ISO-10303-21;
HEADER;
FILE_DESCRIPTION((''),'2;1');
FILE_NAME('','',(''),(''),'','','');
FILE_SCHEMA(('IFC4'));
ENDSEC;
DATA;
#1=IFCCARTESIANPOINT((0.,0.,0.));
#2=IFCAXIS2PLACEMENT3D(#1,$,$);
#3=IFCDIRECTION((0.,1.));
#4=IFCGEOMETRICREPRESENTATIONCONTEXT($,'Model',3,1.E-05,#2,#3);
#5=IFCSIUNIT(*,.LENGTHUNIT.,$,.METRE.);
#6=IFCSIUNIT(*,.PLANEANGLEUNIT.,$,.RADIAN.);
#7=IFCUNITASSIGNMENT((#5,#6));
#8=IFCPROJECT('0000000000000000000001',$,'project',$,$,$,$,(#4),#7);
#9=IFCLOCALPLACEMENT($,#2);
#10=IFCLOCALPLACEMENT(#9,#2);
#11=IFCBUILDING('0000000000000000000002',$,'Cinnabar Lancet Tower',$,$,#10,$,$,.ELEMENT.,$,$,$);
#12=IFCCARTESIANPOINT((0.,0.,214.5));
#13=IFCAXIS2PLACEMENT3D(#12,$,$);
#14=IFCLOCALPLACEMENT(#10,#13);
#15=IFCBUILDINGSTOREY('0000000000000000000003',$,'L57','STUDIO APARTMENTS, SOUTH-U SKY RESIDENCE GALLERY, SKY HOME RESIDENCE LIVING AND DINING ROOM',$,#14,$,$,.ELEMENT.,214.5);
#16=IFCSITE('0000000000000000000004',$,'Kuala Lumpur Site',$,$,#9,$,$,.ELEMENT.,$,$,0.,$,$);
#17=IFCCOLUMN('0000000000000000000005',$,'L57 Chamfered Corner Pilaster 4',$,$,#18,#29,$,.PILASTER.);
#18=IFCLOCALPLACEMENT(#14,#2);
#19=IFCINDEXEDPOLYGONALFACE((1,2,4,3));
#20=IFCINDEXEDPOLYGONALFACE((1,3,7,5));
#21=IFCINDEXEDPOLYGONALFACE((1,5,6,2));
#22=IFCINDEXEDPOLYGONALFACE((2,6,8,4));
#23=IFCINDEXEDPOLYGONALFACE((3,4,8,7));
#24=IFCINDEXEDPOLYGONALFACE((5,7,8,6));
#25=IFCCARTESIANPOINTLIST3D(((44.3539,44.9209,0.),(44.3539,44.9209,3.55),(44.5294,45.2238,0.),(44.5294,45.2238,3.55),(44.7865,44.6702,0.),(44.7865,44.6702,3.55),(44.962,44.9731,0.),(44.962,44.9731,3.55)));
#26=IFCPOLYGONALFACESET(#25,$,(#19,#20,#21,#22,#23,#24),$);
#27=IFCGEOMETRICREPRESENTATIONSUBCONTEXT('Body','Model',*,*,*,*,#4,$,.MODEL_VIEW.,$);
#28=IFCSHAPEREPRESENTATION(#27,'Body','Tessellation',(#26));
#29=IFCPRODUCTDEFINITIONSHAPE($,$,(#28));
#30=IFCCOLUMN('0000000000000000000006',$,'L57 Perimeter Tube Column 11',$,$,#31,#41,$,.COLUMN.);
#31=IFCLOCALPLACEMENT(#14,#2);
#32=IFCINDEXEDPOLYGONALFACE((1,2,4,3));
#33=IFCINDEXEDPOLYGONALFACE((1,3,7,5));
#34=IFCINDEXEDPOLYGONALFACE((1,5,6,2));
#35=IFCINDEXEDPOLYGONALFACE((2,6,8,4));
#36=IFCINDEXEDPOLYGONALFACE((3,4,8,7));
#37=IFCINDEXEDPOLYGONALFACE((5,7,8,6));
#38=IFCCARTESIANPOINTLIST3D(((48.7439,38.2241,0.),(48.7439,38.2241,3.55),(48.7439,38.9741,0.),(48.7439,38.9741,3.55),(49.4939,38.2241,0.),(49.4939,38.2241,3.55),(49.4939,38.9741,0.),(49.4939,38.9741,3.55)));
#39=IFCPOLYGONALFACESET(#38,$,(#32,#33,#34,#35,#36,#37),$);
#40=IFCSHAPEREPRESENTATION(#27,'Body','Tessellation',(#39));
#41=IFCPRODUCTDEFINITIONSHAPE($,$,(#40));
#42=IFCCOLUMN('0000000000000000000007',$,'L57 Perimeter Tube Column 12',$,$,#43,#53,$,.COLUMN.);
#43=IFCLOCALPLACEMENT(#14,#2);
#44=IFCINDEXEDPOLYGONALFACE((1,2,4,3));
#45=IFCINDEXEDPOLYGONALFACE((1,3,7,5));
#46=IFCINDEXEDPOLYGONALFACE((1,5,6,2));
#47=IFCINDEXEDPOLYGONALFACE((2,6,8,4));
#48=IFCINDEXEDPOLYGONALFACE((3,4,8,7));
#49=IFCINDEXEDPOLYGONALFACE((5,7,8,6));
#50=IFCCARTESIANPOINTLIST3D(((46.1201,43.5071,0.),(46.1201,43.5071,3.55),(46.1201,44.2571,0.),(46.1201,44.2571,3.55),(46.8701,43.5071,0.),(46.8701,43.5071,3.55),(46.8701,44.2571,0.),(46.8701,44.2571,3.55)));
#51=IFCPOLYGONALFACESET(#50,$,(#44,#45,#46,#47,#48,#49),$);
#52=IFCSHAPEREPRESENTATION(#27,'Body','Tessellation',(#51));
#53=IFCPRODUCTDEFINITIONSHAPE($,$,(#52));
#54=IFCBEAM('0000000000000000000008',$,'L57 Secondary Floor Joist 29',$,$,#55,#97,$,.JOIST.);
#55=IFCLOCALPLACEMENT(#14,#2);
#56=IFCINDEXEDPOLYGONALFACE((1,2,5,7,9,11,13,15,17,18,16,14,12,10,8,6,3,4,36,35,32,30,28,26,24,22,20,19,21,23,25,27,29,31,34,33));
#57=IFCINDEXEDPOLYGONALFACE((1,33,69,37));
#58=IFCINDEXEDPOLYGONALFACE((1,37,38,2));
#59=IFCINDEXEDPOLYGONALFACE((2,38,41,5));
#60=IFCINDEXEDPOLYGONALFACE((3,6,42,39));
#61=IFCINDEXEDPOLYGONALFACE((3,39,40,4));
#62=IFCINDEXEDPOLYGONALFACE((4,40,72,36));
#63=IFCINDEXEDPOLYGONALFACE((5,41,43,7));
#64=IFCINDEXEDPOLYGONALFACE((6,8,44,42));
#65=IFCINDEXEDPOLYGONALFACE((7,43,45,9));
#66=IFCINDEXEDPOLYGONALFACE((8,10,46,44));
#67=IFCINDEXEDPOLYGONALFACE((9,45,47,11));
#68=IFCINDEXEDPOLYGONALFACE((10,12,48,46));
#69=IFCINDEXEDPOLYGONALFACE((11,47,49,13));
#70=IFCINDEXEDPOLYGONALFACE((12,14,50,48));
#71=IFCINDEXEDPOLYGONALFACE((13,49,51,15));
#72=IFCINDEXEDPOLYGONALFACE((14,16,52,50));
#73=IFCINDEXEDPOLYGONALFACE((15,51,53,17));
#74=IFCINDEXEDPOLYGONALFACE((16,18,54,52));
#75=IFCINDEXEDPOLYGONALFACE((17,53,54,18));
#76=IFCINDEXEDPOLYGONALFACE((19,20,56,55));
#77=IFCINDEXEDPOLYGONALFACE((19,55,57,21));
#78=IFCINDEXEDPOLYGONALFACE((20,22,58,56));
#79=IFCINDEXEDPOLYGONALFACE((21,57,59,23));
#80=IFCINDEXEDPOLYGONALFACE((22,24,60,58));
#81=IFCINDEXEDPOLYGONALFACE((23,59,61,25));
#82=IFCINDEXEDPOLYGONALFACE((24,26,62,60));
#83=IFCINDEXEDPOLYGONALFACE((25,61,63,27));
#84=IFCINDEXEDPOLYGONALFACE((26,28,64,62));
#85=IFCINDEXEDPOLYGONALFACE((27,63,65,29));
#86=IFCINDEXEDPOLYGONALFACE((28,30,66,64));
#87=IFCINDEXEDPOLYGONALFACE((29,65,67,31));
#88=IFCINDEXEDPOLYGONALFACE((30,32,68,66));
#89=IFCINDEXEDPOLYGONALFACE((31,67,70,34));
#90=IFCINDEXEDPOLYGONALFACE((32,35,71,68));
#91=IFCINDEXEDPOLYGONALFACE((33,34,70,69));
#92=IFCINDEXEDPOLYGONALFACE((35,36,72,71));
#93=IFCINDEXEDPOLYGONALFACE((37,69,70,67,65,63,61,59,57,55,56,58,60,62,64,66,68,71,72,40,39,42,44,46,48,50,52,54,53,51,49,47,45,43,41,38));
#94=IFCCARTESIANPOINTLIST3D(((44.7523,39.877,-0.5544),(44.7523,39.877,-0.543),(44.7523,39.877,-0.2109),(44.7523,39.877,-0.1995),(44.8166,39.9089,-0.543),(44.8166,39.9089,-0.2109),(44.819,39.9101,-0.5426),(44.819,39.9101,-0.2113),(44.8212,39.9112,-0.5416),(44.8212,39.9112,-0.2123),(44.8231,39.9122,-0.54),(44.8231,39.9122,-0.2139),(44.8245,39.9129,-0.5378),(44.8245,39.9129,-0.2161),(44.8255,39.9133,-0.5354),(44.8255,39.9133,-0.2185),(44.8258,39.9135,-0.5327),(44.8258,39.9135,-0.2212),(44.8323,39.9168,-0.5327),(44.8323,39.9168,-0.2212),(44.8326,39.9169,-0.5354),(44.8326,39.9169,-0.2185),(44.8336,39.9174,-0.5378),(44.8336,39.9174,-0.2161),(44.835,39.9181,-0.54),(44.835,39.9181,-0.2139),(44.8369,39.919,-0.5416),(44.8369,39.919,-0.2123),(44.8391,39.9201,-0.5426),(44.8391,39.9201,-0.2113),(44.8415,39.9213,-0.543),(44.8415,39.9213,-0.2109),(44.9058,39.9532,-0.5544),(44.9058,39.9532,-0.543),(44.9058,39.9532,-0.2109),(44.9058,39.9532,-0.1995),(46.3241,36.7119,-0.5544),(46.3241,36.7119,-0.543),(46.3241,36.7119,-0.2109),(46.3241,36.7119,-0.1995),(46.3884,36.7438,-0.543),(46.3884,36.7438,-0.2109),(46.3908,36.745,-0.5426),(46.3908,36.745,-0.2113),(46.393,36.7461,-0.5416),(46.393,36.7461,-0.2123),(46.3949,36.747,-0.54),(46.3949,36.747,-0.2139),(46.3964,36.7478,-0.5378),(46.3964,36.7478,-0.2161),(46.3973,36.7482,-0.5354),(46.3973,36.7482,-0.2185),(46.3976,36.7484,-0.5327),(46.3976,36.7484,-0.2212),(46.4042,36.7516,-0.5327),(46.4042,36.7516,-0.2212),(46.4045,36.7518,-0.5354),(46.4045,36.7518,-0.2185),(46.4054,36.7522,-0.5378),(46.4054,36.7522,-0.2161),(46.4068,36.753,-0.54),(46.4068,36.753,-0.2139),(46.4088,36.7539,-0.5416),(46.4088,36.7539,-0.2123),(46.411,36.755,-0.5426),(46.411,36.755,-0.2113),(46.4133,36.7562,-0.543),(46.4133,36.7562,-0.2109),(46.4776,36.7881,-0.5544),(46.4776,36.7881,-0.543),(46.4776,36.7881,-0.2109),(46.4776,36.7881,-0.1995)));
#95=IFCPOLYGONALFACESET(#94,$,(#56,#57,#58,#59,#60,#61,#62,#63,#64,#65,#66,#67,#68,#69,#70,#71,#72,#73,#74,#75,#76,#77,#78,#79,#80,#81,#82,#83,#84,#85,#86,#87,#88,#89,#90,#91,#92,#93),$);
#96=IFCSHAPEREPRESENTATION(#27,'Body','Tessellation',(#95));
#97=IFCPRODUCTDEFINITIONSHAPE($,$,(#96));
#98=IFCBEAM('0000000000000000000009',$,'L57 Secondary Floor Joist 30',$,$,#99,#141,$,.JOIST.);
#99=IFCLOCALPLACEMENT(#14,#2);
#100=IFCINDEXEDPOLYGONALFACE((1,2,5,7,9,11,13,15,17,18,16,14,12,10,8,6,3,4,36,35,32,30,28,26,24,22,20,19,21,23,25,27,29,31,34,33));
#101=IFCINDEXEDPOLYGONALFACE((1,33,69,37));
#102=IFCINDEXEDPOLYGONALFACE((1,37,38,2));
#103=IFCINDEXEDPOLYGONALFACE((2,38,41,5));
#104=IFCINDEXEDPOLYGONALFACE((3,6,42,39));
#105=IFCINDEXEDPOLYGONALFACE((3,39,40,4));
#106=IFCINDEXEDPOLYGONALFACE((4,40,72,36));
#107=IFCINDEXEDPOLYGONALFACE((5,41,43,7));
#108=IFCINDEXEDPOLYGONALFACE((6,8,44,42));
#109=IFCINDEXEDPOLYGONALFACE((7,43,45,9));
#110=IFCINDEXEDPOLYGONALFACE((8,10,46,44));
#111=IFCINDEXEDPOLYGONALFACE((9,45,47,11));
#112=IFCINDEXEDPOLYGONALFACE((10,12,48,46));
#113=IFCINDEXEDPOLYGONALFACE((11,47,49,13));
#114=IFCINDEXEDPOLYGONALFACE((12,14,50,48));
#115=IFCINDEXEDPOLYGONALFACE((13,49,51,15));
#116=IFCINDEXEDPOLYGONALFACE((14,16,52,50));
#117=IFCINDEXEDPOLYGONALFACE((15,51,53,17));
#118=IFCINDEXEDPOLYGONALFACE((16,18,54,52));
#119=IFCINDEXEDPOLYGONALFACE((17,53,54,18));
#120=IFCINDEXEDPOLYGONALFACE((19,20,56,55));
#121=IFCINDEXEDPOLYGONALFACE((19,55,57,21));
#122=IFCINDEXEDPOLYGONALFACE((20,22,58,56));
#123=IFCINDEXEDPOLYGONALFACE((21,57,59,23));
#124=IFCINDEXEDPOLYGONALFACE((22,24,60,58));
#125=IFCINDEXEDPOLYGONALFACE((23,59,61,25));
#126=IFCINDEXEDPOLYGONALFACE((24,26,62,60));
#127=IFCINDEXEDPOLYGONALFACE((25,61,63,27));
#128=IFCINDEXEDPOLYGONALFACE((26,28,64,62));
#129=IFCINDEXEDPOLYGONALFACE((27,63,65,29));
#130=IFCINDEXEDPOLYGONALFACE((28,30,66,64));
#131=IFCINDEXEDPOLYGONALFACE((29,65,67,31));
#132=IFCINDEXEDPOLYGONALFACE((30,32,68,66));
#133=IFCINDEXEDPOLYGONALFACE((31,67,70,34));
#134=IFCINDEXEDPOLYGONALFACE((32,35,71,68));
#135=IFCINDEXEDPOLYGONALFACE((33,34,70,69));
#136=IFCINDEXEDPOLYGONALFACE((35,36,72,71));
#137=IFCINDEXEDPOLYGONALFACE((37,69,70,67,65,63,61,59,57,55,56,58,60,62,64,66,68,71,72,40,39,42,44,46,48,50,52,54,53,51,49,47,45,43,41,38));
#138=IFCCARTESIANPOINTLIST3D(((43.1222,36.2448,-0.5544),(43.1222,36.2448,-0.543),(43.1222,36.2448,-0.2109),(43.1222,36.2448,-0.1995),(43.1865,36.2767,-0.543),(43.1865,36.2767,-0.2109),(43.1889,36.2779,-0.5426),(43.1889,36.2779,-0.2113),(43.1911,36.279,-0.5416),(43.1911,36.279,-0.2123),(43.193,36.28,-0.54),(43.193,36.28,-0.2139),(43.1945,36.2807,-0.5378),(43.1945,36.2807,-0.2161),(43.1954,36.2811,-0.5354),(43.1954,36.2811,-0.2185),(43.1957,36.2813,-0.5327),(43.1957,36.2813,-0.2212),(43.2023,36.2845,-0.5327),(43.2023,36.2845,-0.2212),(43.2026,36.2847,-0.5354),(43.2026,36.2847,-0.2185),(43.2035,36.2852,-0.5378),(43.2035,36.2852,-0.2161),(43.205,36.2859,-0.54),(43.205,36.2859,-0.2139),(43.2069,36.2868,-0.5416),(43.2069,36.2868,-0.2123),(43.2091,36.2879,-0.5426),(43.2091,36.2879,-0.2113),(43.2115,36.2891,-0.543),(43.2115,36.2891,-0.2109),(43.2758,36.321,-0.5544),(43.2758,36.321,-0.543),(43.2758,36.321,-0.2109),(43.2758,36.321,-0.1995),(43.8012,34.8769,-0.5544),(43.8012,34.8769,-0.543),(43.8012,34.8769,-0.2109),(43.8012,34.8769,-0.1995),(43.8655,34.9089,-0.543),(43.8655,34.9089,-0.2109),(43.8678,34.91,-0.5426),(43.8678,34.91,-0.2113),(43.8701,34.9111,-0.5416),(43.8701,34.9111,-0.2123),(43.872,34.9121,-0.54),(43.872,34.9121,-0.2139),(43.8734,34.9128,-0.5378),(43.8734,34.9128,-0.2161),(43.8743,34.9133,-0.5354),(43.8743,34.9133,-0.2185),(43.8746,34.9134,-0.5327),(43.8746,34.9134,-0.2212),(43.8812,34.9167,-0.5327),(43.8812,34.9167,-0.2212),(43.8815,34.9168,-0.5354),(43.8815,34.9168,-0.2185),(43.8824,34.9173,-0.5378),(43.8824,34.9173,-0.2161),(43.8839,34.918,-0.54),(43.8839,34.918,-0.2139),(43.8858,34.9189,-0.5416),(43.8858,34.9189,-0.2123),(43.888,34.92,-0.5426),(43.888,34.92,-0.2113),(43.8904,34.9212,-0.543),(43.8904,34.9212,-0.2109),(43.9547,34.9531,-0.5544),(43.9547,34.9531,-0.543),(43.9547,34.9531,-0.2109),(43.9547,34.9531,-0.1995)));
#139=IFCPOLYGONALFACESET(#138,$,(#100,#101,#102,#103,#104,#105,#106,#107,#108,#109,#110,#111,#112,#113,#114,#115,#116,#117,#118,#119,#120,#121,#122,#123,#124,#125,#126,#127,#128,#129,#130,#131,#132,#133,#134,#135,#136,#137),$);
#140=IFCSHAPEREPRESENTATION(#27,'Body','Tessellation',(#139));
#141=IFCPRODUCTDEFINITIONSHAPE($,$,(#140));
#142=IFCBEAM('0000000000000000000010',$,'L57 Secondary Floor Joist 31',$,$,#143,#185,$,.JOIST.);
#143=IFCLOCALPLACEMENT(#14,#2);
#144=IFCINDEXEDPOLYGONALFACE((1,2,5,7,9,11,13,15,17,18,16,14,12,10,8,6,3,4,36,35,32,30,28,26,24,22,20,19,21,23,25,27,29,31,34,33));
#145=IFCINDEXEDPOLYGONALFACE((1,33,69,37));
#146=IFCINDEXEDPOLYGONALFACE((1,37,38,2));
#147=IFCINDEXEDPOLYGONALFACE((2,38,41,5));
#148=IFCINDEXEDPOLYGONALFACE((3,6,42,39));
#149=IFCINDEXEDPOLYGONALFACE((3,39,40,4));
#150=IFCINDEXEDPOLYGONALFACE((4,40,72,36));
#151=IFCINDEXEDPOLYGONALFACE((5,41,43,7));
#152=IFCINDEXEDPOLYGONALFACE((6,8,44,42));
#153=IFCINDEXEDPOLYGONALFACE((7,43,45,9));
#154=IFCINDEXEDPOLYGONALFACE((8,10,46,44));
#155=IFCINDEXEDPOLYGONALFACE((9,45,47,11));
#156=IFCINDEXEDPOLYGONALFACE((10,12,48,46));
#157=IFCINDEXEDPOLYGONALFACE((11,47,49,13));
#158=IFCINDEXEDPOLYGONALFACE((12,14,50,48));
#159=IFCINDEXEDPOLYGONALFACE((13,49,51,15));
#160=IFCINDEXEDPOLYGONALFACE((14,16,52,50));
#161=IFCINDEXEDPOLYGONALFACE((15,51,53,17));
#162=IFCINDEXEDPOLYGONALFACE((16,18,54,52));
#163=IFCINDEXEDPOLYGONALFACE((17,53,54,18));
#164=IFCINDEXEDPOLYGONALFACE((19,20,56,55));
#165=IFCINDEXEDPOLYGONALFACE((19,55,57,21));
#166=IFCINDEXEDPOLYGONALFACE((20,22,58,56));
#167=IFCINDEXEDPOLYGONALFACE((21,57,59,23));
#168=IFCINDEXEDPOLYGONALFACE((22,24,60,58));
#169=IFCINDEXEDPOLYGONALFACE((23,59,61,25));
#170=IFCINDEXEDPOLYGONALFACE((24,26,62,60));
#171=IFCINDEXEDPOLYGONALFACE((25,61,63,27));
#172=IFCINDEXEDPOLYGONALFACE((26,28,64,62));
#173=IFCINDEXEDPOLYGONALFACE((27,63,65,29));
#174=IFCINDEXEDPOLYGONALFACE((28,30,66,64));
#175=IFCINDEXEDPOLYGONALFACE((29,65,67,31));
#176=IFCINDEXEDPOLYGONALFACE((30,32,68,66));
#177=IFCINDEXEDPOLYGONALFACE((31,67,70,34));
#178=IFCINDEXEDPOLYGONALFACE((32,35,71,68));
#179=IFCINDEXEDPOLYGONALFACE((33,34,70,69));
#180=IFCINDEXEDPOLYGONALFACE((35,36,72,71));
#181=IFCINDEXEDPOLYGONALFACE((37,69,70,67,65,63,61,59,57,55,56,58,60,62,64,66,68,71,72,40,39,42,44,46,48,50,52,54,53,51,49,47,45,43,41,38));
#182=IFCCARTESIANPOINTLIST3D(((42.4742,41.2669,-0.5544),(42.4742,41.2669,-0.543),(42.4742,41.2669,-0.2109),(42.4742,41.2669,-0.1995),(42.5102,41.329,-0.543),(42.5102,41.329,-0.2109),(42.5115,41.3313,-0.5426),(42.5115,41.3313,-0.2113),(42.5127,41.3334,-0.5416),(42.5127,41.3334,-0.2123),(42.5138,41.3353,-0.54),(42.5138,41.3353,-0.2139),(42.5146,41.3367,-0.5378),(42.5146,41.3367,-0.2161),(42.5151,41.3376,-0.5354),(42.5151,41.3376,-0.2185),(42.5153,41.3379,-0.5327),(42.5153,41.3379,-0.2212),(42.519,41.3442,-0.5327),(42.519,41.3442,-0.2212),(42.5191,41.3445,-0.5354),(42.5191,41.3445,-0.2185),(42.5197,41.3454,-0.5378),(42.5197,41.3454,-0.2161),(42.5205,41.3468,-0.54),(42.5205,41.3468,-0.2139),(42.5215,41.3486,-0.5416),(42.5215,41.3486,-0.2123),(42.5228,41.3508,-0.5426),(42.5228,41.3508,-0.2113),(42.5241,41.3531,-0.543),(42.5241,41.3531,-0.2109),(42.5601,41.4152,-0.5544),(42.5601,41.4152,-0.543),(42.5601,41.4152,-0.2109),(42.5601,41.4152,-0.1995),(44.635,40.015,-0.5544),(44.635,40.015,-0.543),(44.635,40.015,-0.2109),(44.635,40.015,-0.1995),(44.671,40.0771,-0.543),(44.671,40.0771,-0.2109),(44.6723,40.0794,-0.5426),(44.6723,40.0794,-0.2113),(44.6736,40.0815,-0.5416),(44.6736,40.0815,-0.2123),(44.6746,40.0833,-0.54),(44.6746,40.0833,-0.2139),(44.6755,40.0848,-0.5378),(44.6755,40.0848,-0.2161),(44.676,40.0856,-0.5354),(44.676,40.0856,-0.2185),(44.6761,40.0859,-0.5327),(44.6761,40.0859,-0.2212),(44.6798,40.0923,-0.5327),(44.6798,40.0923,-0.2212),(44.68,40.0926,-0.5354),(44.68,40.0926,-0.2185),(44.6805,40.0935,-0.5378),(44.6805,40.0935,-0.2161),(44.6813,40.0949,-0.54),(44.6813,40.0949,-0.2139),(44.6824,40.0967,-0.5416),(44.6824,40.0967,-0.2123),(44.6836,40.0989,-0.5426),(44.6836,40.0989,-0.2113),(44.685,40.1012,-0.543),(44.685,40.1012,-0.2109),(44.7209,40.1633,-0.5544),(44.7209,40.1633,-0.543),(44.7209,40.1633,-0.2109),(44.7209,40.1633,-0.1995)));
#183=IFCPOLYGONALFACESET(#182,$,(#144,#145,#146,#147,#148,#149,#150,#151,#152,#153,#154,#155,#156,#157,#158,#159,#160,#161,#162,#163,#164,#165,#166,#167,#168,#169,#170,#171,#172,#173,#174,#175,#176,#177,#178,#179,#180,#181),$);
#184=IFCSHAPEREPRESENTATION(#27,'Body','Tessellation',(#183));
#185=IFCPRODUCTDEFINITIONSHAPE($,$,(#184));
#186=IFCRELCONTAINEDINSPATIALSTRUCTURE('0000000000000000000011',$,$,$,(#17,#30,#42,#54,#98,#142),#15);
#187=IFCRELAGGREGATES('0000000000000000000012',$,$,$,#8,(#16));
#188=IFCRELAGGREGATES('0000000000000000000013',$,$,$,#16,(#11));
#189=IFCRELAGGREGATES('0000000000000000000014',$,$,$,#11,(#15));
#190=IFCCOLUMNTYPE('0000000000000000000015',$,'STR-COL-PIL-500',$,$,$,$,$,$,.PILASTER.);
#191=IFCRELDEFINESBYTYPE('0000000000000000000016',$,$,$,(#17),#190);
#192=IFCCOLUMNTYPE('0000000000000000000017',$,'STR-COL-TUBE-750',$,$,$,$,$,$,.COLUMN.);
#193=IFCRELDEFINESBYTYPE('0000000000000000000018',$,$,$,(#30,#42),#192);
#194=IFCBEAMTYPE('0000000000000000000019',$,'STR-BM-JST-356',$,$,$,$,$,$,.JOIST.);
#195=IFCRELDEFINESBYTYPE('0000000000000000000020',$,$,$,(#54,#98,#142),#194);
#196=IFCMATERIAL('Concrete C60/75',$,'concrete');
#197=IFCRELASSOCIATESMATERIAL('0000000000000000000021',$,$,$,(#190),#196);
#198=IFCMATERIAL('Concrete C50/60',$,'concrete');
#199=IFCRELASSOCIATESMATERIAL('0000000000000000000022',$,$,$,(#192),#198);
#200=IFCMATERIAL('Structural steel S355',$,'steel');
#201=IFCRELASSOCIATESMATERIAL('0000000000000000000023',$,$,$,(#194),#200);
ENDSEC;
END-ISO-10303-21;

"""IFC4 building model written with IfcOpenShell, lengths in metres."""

from ifc_helpers import new_model, si_unit, direction, frame, origin, origin_2d, place, context, subcontext, project, spatial, rectangle, i_section, extrude, material, material_profile, profile_set, type_object, element, save


model = new_model("IFC4")

# Units and contexts
model_context = context("Model", 3, precision=1e-05, world=origin(), true_north=direction((0.0, 1.0)))
body_context = subcontext(model_context, "Body", "Model", "MODEL_VIEW")
ifc_project = project(units=[si_unit("LENGTHUNIT", "METRE"), si_unit("PLANEANGLEUNIT", "RADIAN")], contexts=[model_context])

# Site, building, storey
site_placement = place(None, origin())
site = spatial("IfcSite", under=ifc_project, at=site_placement, Name="Kuala Lumpur Site", CompositionType="ELEMENT", RefElevation=0.0)
building_placement = place(site_placement, origin())
building = spatial("IfcBuilding", under=site, at=building_placement, Name="Cinnabar Lancet Tower", CompositionType="ELEMENT")
storey_placement = place(building_placement, frame((0.0, 0.0, 214.5)))
storey = spatial("IfcBuildingStorey", under=building, at=storey_placement, Name="L57", Description="STUDIO APARTMENTS, SOUTH-U SKY RESIDENCE GALLERY, SKY HOME RESIDENCE LIVING AND DINING ROOM", CompositionType="ELEMENT", Elevation=214.5)

# Columns
ifc_material_1 = material(Name="Concrete C60/75", Category="concrete")
ifc_material_profile_1 = material_profile(ifc_material_1, rectangle(XDim=0.5, YDim=0.3501, at=origin_2d()), Name="RC-PIL 500x350")
ifc_profile_set_1 = profile_set([ifc_material_profile_1], Name="Concrete C60/75")
column_type_1 = type_object("IfcColumnType", Name="STR-COL-PIL-500", PredefinedType="PILASTER", material=ifc_profile_set_1)
column_placement = place(storey_placement, frame((44.658, 44.947, 0.0), z_axis=(0.0, 0.0, 1.0), x_axis=(-0.86523, 0.501375, 0.0)))
element("IfcColumn", 1, at=column_placement, inside=storey, type_object=column_type_1, Name="L57 Chamfered Corner Pilaster 4", PredefinedType="PILASTER", context=body_context, shape_type="SweptSolid", body=[
    extrude(rectangle(XDim=0.5, YDim=0.3501, at=origin_2d()), origin(), (0.0, 0.0, 1.0), 3.55),
])
ifc_material_2 = material(Name="Concrete C50/60", Category="concrete")
ifc_material_profile_2 = material_profile(ifc_material_2, rectangle(XDim=0.75, YDim=0.75, at=origin_2d()), Name="RC-COL 750x750")
ifc_profile_set_2 = profile_set([ifc_material_profile_2], Name="Concrete C50/60")
column_type_2 = type_object("IfcColumnType", Name="STR-COL-TUBE-750", PredefinedType="COLUMN", material=ifc_profile_set_2)
for number, where, z_axis, x_axis, name in (
    (2, (49.1189, 38.5991, 0.0), (0.0, 0.0, 1.0), (1.0, 0.0, 0.0), "L57 Perimeter Tube Column 11"),
    (3, (46.4951, 43.8821, 0.0), (0.0, 0.0, 1.0), (1.0, 0.0, 0.0), "L57 Perimeter Tube Column 12"),
):
    element("IfcColumn", number, at=place(storey_placement, frame(where, z_axis=z_axis, x_axis=x_axis)), inside=storey, type_object=column_type_2, Name=name, PredefinedType="COLUMN", context=body_context, shape_type="SweptSolid", body=[
        extrude(rectangle(XDim=0.75, YDim=0.75, at=origin_2d()), origin(), (0.0, 0.0, 1.0), 3.55),
    ])

# Beams
ifc_material_3 = material(Name="Structural steel S355", Category="steel")
ifc_material_profile_3 = material_profile(ifc_material_3, i_section(OverallWidth=0.1714, OverallDepth=0.355, WebThickness=0.0073, FlangeThickness=0.0115, FilletRadius=0.0103, at=origin_2d()), Name="UKB 356x171x51")
ifc_profile_set_3 = profile_set([ifc_material_profile_3], Name="Structural steel S355")
beam_type_1 = type_object("IfcBeamType", Name="STR-BM-JST-356", PredefinedType="JOIST", material=ifc_profile_set_3)
beam_1_placement = place(storey_placement, frame((46.4009, 36.75, -0.377), z_axis=(-0.44478, 0.89564, 0.0), x_axis=(-0.89564, -0.44478, 0.0)))
element("IfcBeam", 4, at=beam_1_placement, inside=storey, type_object=beam_type_1, Name="L57 Secondary Floor Joist 29", PredefinedType="JOIST", context=body_context, shape_type="SweptSolid", body=[
    extrude(i_section(OverallWidth=0.1714, OverallDepth=0.355, WebThickness=0.0073, FlangeThickness=0.0115, FilletRadius=0.0103, at=origin_2d()), origin(), (0.0, 0.0, 1.0), 3.5339),
])
beam_2_placement = place(storey_placement, frame((43.8779, 34.915, -0.377), z_axis=(-0.44459, 0.895734, 0.0), x_axis=(-0.895734, -0.44459, 0.0)))
element("IfcBeam", 5, at=beam_2_placement, inside=storey, type_object=beam_type_1, Name="L57 Secondary Floor Joist 30", PredefinedType="JOIST", context=body_context, shape_type="SweptSolid", body=[
    extrude(i_section(OverallWidth=0.1714, OverallDepth=0.355, WebThickness=0.0073, FlangeThickness=0.0115, FilletRadius=0.0103, at=origin_2d()), origin(), (0.0, 0.0, 1.0), 1.5271),
])
beam_3_placement = place(storey_placement, frame((44.678, 40.0891, -0.377), z_axis=(-0.865268, 0.50131, 0.0), x_axis=(-0.50131, -0.865268, 0.0)))
element("IfcBeam", 6, at=beam_3_placement, inside=storey, type_object=beam_type_1, Name="L57 Secondary Floor Joist 31", PredefinedType="JOIST", context=body_context, shape_type="SweptSolid", body=[
    extrude(i_section(OverallWidth=0.1714, OverallDepth=0.355, WebThickness=0.0073, FlangeThickness=0.0115, FilletRadius=0.0103, at=origin_2d()), origin(), (0.0, 0.0, 1.0), 2.4973),
])

save(model, "model.ifc")
